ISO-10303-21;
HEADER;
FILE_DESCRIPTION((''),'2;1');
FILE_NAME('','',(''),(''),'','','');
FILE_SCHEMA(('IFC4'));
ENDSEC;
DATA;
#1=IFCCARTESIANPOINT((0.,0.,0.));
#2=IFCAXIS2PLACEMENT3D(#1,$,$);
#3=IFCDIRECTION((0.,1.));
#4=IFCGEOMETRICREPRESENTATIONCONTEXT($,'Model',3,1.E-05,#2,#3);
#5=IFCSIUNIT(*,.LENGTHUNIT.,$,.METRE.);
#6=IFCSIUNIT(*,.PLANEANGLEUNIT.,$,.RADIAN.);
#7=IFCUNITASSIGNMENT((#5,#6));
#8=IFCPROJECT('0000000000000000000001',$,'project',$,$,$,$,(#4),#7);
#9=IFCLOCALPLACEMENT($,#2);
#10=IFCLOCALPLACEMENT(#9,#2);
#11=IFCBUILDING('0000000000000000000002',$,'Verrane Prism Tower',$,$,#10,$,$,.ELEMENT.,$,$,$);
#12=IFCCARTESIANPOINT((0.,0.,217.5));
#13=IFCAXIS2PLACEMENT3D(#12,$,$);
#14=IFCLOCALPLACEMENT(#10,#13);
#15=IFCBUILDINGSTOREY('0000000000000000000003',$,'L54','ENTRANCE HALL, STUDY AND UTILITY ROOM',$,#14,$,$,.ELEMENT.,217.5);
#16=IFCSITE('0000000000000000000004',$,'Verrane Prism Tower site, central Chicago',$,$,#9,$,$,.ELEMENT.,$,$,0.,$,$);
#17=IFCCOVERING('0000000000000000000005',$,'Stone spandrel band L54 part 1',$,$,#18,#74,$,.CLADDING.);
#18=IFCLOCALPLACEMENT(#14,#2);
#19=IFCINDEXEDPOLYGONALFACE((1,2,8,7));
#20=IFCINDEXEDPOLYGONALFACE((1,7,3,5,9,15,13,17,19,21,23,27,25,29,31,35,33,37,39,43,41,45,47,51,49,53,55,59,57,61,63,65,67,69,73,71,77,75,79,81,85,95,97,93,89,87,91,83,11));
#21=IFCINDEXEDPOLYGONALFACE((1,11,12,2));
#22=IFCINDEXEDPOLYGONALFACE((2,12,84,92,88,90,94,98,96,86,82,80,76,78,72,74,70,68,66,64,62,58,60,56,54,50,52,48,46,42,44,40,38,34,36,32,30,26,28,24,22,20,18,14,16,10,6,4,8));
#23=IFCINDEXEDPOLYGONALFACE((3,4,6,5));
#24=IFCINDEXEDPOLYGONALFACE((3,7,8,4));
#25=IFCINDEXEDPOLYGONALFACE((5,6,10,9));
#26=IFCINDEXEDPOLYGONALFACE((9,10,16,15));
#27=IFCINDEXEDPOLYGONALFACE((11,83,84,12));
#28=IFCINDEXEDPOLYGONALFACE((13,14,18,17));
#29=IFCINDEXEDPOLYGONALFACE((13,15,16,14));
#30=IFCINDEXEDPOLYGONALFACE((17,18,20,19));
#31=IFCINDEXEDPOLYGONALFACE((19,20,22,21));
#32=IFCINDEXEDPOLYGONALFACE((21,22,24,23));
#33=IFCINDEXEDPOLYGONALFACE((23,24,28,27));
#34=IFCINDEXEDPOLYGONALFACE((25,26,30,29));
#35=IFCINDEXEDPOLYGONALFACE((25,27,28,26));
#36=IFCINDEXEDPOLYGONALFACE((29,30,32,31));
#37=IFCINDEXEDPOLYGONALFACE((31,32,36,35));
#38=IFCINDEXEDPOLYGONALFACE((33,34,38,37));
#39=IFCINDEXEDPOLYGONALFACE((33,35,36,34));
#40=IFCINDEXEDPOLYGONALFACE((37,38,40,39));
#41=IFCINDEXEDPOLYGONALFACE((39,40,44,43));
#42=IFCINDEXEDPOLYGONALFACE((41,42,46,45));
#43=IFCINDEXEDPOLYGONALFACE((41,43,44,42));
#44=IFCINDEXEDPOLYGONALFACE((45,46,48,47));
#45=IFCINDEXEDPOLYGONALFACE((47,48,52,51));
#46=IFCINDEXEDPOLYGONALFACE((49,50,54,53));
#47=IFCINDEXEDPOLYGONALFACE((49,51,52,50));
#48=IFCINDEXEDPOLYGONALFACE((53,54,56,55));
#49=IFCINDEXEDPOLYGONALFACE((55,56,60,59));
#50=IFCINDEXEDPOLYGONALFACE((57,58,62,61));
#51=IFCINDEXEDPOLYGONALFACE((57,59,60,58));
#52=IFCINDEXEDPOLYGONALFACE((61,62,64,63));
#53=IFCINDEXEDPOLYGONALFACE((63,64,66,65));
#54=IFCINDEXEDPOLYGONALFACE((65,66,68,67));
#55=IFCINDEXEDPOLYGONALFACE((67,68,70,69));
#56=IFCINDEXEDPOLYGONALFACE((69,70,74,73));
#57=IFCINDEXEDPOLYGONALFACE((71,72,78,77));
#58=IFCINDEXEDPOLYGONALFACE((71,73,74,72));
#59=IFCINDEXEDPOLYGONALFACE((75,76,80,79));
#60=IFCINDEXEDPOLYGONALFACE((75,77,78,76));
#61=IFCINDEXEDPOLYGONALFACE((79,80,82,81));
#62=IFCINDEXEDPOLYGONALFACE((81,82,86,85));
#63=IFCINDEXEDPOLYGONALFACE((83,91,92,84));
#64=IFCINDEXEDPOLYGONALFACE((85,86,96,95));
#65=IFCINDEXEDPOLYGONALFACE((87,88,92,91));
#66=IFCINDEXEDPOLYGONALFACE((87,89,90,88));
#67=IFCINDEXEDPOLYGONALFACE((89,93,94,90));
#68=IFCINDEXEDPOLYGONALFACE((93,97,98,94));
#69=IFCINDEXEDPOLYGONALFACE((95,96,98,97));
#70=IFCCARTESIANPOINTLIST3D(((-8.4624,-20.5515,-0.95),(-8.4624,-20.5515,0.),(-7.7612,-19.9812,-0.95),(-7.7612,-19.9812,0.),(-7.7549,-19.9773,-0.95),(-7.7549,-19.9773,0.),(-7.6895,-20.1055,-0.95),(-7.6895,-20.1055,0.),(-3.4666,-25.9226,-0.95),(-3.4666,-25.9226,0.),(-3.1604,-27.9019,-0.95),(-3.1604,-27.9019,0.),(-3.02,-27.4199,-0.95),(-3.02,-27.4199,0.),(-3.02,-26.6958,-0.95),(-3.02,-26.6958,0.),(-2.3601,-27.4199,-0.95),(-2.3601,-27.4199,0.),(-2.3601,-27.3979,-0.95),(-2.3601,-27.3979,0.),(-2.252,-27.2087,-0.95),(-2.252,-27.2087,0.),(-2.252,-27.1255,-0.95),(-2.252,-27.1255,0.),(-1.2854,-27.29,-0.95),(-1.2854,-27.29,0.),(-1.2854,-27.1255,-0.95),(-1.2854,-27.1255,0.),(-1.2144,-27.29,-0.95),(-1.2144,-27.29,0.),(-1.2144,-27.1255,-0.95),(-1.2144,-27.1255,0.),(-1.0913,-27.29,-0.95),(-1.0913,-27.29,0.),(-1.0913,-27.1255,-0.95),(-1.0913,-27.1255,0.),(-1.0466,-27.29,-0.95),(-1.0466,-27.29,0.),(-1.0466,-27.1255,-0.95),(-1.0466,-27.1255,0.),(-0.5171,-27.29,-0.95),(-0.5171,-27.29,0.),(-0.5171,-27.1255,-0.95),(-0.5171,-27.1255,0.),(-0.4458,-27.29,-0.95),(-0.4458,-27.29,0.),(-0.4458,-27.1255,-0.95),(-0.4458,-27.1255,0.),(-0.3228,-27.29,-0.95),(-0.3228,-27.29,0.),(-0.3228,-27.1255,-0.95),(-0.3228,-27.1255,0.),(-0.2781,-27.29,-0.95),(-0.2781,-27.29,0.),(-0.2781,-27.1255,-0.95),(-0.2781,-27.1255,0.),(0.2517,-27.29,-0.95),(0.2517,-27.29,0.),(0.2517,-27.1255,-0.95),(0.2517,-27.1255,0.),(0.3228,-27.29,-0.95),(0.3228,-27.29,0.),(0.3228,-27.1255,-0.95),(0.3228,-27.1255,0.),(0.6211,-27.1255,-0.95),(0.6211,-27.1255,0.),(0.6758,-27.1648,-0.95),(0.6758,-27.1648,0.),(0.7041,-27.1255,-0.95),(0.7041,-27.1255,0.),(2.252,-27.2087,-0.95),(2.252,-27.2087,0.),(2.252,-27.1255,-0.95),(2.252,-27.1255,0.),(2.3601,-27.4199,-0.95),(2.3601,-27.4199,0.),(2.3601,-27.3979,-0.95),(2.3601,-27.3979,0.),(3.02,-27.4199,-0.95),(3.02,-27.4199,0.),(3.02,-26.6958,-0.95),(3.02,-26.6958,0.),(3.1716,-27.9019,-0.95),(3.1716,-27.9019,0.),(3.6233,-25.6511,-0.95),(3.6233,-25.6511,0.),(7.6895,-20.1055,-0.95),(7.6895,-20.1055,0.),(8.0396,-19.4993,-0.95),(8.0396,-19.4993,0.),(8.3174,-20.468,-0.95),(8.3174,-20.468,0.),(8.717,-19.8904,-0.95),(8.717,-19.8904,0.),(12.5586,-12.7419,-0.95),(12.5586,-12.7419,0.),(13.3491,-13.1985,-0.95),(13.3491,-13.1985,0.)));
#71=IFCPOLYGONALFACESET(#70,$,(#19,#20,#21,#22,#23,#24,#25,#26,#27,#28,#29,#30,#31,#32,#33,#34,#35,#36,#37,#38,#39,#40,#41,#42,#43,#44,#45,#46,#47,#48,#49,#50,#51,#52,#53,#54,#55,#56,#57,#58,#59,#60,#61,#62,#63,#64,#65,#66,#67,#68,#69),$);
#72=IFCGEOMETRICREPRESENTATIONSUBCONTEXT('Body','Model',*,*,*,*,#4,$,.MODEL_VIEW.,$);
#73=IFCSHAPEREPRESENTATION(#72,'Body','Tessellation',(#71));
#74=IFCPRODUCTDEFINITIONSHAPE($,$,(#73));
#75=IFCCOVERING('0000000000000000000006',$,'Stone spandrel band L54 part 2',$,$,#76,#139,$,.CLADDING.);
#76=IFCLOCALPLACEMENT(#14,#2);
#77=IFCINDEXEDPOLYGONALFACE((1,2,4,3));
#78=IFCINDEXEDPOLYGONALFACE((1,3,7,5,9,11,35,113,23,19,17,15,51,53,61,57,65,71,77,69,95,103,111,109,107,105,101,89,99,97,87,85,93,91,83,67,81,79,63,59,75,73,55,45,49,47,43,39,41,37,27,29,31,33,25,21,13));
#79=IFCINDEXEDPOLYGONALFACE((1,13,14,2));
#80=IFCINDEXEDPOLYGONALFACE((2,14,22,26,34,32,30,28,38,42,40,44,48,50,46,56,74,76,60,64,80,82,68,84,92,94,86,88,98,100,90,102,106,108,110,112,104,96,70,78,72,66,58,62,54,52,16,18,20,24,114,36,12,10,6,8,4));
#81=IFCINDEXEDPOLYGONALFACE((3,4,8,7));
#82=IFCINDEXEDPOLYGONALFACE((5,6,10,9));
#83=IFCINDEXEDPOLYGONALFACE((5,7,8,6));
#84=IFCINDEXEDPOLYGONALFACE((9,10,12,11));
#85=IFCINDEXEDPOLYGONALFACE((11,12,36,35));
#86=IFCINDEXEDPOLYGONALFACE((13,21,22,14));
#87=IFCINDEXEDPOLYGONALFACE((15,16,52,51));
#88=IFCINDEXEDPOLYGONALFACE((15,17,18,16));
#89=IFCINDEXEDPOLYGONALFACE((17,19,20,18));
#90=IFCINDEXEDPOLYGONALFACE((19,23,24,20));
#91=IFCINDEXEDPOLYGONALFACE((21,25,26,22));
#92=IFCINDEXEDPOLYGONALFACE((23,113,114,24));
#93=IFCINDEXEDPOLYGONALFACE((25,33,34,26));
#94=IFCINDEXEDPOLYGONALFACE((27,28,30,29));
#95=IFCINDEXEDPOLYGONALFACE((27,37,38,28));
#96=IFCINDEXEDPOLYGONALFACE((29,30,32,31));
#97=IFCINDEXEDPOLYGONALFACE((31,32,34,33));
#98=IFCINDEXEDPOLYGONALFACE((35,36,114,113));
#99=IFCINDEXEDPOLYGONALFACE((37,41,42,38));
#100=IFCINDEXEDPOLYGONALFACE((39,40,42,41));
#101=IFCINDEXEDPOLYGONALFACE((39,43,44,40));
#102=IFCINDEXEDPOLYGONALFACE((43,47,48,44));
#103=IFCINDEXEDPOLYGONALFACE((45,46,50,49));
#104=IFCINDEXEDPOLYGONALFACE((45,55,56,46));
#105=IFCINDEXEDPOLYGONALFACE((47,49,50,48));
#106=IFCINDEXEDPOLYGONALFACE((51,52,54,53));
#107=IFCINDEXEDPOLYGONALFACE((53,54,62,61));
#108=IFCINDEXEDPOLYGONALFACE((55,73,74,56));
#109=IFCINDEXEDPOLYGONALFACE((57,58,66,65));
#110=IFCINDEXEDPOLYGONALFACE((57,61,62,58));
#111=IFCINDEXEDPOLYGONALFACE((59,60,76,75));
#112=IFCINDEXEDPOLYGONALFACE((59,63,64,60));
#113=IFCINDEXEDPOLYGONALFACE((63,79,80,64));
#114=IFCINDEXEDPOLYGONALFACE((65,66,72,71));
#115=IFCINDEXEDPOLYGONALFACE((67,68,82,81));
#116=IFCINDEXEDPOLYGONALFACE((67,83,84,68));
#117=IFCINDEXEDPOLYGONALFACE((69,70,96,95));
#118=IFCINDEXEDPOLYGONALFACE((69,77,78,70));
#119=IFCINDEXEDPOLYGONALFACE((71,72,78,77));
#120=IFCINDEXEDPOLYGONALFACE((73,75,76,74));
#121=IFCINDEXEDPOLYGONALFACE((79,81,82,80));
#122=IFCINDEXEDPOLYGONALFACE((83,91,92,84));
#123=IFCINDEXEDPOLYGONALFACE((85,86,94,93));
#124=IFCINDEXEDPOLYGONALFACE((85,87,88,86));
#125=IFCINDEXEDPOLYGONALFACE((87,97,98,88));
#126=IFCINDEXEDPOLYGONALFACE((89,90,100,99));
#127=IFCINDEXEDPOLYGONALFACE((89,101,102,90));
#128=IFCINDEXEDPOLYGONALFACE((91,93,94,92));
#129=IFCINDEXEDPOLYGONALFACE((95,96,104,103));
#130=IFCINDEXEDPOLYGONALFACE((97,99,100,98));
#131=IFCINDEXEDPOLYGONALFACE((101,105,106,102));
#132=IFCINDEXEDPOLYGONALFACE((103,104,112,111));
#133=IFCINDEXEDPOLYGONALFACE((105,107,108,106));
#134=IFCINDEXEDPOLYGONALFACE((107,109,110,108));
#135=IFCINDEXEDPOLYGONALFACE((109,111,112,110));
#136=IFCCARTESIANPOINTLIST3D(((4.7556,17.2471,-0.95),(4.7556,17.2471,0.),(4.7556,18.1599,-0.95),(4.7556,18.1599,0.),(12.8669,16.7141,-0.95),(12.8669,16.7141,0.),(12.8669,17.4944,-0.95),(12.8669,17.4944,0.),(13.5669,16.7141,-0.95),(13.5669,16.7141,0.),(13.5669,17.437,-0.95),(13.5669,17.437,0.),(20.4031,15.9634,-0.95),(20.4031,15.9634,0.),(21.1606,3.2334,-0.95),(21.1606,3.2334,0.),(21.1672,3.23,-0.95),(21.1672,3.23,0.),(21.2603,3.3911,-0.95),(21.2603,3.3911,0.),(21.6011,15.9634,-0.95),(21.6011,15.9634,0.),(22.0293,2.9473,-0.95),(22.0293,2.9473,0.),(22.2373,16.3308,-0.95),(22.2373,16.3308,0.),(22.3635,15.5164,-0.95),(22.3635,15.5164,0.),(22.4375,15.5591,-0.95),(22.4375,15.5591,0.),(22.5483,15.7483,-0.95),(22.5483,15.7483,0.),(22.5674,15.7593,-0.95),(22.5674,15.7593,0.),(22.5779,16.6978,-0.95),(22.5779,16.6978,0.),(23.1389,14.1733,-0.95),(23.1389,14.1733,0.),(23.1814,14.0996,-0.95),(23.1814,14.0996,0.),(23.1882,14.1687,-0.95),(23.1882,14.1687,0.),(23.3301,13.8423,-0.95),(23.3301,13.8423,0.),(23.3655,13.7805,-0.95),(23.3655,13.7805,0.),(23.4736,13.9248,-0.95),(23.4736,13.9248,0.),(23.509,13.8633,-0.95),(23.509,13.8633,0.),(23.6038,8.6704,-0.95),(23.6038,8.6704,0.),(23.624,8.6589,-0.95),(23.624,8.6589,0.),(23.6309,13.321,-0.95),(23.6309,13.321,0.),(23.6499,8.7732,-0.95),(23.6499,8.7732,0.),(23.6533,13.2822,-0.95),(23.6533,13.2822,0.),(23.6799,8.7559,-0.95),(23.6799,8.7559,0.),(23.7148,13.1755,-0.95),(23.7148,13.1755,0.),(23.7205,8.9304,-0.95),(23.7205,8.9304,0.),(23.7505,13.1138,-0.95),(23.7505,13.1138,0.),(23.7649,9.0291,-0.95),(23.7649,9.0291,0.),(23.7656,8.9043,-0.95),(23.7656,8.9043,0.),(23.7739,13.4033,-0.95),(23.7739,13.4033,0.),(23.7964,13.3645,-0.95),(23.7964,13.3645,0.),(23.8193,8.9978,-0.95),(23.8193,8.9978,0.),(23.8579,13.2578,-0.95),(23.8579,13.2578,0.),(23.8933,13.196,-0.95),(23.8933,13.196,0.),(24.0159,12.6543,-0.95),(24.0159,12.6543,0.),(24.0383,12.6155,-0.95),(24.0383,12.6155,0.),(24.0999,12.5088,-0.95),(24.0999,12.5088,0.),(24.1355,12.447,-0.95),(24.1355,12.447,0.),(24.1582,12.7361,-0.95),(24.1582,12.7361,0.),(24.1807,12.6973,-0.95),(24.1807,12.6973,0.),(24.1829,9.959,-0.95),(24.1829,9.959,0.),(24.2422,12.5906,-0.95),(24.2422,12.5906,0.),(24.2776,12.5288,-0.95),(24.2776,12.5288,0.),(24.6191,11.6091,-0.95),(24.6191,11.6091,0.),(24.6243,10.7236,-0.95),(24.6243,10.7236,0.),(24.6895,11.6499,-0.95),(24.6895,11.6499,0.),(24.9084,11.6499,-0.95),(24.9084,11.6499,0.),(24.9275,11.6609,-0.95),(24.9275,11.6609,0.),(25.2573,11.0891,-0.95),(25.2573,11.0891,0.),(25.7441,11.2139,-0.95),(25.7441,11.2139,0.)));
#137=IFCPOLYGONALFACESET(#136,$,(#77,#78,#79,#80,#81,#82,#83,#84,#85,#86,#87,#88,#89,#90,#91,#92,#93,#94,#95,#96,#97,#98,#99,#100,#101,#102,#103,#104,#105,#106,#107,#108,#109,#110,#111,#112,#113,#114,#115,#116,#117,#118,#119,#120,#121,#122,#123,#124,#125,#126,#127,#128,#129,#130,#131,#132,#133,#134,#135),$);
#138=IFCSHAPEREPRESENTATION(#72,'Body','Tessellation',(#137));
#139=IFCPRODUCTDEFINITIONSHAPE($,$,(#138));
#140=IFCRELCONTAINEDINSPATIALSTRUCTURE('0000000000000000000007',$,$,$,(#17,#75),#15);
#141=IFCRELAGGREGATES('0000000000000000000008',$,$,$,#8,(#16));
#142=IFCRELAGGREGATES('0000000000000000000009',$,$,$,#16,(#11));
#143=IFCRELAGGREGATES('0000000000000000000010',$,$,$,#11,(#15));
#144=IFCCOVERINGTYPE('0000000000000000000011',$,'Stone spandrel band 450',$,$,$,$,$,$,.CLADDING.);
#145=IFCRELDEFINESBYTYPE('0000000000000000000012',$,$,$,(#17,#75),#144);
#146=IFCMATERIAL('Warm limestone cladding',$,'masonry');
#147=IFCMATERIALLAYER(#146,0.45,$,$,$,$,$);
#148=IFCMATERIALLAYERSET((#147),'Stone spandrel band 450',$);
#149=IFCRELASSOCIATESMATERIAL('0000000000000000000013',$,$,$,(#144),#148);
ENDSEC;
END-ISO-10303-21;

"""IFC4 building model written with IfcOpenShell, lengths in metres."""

from ifc_helpers import new_model, si_unit, direction, frame, origin, place, context, subcontext, project, spatial, polyline, outline, extrude, material, layer, layer_set, type_object, element, save


model = new_model("IFC4")

# Units and contexts
model_context = context("Model", 3, precision=1e-05, world=origin(), true_north=direction((0.0, 1.0)))
body_context = subcontext(model_context, "Body", "Model", "MODEL_VIEW")
ifc_project = project(units=[si_unit("LENGTHUNIT", "METRE"), si_unit("PLANEANGLEUNIT", "RADIAN")], contexts=[model_context])

# Site, building, storey
site_placement = place(None, origin())
site = spatial("IfcSite", under=ifc_project, at=site_placement, Name="Verrane Prism Tower site, central Chicago", CompositionType="ELEMENT", RefElevation=0.0)
building_placement = place(site_placement, origin())
building = spatial("IfcBuilding", under=site, at=building_placement, Name="Verrane Prism Tower", CompositionType="ELEMENT")
storey_placement = place(building_placement, frame((0.0, 0.0, 217.5)))
storey = spatial("IfcBuildingStorey", under=building, at=storey_placement, Name="L54", Description="ENTRANCE HALL, STUDY AND UTILITY ROOM", CompositionType="ELEMENT", Elevation=217.5)

# Coverings
ifc_material_1 = material(Name="Warm limestone cladding", Category="masonry")
ifc_layer_1 = layer(ifc_material_1, 0.45)
ifc_layer_set_1 = layer_set([ifc_layer_1], Name="Stone spandrel band 450")
covering_type_1 = type_object("IfcCoveringType", Name="Stone spandrel band 450", PredefinedType="CLADDING", material=ifc_layer_set_1)
covering_1_placement = place(storey_placement, frame((0.0, 0.0, -0.95)))
element("IfcCovering", 1, at=covering_1_placement, inside=storey, type_object=covering_type_1, Name="Stone spandrel band L54 part 1", PredefinedType="CLADDING", context=body_context, shape_type="SweptSolid", body=[
    extrude(outline(polyline([(-7.6895, -20.1055), (-8.4624, -20.5515), (-3.1604, -27.9019), (3.1716, -27.9019), (8.3174, -20.468), (7.6895, -20.1055), (8.0396, -19.4993), (8.717, -19.8904), (13.3491, -13.1985), (12.5586, -12.7419), (3.6233, -25.6511), (3.02, -26.6958), (3.02, -27.4199), (2.3601, -27.4199), (2.3601, -27.3979), (2.252, -27.2087), (2.252, -27.1255), (0.7041, -27.1255), (0.6758, -27.1648), (0.6211, -27.1255), (0.3228, -27.1255), (0.3228, -27.29), (0.2517, -27.29), (0.2517, -27.1255), (-0.2781, -27.1255), (-0.2781, -27.29), (-0.3228, -27.29), (-0.3228, -27.1255), (-0.4458, -27.1255), (-0.4458, -27.29), (-0.5171, -27.29), (-0.5171, -27.1255), (-1.0466, -27.1255), (-1.0466, -27.29), (-1.0913, -27.29), (-1.0913, -27.1255), (-1.2144, -27.1255), (-1.2144, -27.29), (-1.2854, -27.29), (-1.2854, -27.1255), (-2.252, -27.1255), (-2.252, -27.2087), (-2.3601, -27.3979), (-2.3601, -27.4199), (-3.02, -27.4199), (-3.02, -26.6958), (-3.4666, -25.9226), (-7.7549, -19.9773), (-7.7612, -19.9812), (-7.6895, -20.1055)])), origin(), (0.0, 0.0, 1.0), 0.95),
])
covering_2_placement = place(storey_placement, frame((0.0, 0.0, -0.95)))
element("IfcCovering", 2, at=covering_2_placement, inside=storey, type_object=covering_type_1, Name="Stone spandrel band L54 part 2", PredefinedType="CLADDING", context=body_context, shape_type="SweptSolid", body=[
    extrude(outline(polyline([(4.7556, 18.1599), (4.7556, 17.2471), (20.4031, 15.9634), (21.6011, 15.9634), (22.2373, 16.3308), (22.5674, 15.7593), (22.5483, 15.7483), (22.4375, 15.5591), (22.3635, 15.5164), (23.1389, 14.1733), (23.1882, 14.1687), (23.1814, 14.0996), (23.3301, 13.8423), (23.4736, 13.9248), (23.509, 13.8633), (23.3655, 13.7805), (23.6309, 13.321), (23.7739, 13.4033), (23.7964, 13.3645), (23.6533, 13.2822), (23.7148, 13.1755), (23.8579, 13.2578), (23.8933, 13.196), (23.7505, 13.1138), (24.0159, 12.6543), (24.1582, 12.7361), (24.1807, 12.6973), (24.0383, 12.6155), (24.0999, 12.5088), (24.2422, 12.5906), (24.2776, 12.5288), (24.1355, 12.447), (24.6191, 11.6091), (24.6895, 11.6499), (24.9084, 11.6499), (24.9275, 11.6609), (25.2573, 11.0891), (24.6243, 10.7236), (24.1829, 9.959), (23.7649, 9.0291), (23.8193, 8.9978), (23.7656, 8.9043), (23.7205, 8.9304), (23.6499, 8.7732), (23.6799, 8.7559), (23.624, 8.6589), (23.6038, 8.6704), (21.1606, 3.2334), (21.1672, 3.23), (21.2603, 3.3911), (22.0293, 2.9473), (25.7441, 11.2139), (22.5779, 16.6978), (13.5669, 17.437), (13.5669, 16.7141), (12.8669, 16.7141), (12.8669, 17.4944), (4.7556, 18.1599)])), origin(), (0.0, 0.0, 1.0), 0.95),
])

save(model, "model.ifc")
